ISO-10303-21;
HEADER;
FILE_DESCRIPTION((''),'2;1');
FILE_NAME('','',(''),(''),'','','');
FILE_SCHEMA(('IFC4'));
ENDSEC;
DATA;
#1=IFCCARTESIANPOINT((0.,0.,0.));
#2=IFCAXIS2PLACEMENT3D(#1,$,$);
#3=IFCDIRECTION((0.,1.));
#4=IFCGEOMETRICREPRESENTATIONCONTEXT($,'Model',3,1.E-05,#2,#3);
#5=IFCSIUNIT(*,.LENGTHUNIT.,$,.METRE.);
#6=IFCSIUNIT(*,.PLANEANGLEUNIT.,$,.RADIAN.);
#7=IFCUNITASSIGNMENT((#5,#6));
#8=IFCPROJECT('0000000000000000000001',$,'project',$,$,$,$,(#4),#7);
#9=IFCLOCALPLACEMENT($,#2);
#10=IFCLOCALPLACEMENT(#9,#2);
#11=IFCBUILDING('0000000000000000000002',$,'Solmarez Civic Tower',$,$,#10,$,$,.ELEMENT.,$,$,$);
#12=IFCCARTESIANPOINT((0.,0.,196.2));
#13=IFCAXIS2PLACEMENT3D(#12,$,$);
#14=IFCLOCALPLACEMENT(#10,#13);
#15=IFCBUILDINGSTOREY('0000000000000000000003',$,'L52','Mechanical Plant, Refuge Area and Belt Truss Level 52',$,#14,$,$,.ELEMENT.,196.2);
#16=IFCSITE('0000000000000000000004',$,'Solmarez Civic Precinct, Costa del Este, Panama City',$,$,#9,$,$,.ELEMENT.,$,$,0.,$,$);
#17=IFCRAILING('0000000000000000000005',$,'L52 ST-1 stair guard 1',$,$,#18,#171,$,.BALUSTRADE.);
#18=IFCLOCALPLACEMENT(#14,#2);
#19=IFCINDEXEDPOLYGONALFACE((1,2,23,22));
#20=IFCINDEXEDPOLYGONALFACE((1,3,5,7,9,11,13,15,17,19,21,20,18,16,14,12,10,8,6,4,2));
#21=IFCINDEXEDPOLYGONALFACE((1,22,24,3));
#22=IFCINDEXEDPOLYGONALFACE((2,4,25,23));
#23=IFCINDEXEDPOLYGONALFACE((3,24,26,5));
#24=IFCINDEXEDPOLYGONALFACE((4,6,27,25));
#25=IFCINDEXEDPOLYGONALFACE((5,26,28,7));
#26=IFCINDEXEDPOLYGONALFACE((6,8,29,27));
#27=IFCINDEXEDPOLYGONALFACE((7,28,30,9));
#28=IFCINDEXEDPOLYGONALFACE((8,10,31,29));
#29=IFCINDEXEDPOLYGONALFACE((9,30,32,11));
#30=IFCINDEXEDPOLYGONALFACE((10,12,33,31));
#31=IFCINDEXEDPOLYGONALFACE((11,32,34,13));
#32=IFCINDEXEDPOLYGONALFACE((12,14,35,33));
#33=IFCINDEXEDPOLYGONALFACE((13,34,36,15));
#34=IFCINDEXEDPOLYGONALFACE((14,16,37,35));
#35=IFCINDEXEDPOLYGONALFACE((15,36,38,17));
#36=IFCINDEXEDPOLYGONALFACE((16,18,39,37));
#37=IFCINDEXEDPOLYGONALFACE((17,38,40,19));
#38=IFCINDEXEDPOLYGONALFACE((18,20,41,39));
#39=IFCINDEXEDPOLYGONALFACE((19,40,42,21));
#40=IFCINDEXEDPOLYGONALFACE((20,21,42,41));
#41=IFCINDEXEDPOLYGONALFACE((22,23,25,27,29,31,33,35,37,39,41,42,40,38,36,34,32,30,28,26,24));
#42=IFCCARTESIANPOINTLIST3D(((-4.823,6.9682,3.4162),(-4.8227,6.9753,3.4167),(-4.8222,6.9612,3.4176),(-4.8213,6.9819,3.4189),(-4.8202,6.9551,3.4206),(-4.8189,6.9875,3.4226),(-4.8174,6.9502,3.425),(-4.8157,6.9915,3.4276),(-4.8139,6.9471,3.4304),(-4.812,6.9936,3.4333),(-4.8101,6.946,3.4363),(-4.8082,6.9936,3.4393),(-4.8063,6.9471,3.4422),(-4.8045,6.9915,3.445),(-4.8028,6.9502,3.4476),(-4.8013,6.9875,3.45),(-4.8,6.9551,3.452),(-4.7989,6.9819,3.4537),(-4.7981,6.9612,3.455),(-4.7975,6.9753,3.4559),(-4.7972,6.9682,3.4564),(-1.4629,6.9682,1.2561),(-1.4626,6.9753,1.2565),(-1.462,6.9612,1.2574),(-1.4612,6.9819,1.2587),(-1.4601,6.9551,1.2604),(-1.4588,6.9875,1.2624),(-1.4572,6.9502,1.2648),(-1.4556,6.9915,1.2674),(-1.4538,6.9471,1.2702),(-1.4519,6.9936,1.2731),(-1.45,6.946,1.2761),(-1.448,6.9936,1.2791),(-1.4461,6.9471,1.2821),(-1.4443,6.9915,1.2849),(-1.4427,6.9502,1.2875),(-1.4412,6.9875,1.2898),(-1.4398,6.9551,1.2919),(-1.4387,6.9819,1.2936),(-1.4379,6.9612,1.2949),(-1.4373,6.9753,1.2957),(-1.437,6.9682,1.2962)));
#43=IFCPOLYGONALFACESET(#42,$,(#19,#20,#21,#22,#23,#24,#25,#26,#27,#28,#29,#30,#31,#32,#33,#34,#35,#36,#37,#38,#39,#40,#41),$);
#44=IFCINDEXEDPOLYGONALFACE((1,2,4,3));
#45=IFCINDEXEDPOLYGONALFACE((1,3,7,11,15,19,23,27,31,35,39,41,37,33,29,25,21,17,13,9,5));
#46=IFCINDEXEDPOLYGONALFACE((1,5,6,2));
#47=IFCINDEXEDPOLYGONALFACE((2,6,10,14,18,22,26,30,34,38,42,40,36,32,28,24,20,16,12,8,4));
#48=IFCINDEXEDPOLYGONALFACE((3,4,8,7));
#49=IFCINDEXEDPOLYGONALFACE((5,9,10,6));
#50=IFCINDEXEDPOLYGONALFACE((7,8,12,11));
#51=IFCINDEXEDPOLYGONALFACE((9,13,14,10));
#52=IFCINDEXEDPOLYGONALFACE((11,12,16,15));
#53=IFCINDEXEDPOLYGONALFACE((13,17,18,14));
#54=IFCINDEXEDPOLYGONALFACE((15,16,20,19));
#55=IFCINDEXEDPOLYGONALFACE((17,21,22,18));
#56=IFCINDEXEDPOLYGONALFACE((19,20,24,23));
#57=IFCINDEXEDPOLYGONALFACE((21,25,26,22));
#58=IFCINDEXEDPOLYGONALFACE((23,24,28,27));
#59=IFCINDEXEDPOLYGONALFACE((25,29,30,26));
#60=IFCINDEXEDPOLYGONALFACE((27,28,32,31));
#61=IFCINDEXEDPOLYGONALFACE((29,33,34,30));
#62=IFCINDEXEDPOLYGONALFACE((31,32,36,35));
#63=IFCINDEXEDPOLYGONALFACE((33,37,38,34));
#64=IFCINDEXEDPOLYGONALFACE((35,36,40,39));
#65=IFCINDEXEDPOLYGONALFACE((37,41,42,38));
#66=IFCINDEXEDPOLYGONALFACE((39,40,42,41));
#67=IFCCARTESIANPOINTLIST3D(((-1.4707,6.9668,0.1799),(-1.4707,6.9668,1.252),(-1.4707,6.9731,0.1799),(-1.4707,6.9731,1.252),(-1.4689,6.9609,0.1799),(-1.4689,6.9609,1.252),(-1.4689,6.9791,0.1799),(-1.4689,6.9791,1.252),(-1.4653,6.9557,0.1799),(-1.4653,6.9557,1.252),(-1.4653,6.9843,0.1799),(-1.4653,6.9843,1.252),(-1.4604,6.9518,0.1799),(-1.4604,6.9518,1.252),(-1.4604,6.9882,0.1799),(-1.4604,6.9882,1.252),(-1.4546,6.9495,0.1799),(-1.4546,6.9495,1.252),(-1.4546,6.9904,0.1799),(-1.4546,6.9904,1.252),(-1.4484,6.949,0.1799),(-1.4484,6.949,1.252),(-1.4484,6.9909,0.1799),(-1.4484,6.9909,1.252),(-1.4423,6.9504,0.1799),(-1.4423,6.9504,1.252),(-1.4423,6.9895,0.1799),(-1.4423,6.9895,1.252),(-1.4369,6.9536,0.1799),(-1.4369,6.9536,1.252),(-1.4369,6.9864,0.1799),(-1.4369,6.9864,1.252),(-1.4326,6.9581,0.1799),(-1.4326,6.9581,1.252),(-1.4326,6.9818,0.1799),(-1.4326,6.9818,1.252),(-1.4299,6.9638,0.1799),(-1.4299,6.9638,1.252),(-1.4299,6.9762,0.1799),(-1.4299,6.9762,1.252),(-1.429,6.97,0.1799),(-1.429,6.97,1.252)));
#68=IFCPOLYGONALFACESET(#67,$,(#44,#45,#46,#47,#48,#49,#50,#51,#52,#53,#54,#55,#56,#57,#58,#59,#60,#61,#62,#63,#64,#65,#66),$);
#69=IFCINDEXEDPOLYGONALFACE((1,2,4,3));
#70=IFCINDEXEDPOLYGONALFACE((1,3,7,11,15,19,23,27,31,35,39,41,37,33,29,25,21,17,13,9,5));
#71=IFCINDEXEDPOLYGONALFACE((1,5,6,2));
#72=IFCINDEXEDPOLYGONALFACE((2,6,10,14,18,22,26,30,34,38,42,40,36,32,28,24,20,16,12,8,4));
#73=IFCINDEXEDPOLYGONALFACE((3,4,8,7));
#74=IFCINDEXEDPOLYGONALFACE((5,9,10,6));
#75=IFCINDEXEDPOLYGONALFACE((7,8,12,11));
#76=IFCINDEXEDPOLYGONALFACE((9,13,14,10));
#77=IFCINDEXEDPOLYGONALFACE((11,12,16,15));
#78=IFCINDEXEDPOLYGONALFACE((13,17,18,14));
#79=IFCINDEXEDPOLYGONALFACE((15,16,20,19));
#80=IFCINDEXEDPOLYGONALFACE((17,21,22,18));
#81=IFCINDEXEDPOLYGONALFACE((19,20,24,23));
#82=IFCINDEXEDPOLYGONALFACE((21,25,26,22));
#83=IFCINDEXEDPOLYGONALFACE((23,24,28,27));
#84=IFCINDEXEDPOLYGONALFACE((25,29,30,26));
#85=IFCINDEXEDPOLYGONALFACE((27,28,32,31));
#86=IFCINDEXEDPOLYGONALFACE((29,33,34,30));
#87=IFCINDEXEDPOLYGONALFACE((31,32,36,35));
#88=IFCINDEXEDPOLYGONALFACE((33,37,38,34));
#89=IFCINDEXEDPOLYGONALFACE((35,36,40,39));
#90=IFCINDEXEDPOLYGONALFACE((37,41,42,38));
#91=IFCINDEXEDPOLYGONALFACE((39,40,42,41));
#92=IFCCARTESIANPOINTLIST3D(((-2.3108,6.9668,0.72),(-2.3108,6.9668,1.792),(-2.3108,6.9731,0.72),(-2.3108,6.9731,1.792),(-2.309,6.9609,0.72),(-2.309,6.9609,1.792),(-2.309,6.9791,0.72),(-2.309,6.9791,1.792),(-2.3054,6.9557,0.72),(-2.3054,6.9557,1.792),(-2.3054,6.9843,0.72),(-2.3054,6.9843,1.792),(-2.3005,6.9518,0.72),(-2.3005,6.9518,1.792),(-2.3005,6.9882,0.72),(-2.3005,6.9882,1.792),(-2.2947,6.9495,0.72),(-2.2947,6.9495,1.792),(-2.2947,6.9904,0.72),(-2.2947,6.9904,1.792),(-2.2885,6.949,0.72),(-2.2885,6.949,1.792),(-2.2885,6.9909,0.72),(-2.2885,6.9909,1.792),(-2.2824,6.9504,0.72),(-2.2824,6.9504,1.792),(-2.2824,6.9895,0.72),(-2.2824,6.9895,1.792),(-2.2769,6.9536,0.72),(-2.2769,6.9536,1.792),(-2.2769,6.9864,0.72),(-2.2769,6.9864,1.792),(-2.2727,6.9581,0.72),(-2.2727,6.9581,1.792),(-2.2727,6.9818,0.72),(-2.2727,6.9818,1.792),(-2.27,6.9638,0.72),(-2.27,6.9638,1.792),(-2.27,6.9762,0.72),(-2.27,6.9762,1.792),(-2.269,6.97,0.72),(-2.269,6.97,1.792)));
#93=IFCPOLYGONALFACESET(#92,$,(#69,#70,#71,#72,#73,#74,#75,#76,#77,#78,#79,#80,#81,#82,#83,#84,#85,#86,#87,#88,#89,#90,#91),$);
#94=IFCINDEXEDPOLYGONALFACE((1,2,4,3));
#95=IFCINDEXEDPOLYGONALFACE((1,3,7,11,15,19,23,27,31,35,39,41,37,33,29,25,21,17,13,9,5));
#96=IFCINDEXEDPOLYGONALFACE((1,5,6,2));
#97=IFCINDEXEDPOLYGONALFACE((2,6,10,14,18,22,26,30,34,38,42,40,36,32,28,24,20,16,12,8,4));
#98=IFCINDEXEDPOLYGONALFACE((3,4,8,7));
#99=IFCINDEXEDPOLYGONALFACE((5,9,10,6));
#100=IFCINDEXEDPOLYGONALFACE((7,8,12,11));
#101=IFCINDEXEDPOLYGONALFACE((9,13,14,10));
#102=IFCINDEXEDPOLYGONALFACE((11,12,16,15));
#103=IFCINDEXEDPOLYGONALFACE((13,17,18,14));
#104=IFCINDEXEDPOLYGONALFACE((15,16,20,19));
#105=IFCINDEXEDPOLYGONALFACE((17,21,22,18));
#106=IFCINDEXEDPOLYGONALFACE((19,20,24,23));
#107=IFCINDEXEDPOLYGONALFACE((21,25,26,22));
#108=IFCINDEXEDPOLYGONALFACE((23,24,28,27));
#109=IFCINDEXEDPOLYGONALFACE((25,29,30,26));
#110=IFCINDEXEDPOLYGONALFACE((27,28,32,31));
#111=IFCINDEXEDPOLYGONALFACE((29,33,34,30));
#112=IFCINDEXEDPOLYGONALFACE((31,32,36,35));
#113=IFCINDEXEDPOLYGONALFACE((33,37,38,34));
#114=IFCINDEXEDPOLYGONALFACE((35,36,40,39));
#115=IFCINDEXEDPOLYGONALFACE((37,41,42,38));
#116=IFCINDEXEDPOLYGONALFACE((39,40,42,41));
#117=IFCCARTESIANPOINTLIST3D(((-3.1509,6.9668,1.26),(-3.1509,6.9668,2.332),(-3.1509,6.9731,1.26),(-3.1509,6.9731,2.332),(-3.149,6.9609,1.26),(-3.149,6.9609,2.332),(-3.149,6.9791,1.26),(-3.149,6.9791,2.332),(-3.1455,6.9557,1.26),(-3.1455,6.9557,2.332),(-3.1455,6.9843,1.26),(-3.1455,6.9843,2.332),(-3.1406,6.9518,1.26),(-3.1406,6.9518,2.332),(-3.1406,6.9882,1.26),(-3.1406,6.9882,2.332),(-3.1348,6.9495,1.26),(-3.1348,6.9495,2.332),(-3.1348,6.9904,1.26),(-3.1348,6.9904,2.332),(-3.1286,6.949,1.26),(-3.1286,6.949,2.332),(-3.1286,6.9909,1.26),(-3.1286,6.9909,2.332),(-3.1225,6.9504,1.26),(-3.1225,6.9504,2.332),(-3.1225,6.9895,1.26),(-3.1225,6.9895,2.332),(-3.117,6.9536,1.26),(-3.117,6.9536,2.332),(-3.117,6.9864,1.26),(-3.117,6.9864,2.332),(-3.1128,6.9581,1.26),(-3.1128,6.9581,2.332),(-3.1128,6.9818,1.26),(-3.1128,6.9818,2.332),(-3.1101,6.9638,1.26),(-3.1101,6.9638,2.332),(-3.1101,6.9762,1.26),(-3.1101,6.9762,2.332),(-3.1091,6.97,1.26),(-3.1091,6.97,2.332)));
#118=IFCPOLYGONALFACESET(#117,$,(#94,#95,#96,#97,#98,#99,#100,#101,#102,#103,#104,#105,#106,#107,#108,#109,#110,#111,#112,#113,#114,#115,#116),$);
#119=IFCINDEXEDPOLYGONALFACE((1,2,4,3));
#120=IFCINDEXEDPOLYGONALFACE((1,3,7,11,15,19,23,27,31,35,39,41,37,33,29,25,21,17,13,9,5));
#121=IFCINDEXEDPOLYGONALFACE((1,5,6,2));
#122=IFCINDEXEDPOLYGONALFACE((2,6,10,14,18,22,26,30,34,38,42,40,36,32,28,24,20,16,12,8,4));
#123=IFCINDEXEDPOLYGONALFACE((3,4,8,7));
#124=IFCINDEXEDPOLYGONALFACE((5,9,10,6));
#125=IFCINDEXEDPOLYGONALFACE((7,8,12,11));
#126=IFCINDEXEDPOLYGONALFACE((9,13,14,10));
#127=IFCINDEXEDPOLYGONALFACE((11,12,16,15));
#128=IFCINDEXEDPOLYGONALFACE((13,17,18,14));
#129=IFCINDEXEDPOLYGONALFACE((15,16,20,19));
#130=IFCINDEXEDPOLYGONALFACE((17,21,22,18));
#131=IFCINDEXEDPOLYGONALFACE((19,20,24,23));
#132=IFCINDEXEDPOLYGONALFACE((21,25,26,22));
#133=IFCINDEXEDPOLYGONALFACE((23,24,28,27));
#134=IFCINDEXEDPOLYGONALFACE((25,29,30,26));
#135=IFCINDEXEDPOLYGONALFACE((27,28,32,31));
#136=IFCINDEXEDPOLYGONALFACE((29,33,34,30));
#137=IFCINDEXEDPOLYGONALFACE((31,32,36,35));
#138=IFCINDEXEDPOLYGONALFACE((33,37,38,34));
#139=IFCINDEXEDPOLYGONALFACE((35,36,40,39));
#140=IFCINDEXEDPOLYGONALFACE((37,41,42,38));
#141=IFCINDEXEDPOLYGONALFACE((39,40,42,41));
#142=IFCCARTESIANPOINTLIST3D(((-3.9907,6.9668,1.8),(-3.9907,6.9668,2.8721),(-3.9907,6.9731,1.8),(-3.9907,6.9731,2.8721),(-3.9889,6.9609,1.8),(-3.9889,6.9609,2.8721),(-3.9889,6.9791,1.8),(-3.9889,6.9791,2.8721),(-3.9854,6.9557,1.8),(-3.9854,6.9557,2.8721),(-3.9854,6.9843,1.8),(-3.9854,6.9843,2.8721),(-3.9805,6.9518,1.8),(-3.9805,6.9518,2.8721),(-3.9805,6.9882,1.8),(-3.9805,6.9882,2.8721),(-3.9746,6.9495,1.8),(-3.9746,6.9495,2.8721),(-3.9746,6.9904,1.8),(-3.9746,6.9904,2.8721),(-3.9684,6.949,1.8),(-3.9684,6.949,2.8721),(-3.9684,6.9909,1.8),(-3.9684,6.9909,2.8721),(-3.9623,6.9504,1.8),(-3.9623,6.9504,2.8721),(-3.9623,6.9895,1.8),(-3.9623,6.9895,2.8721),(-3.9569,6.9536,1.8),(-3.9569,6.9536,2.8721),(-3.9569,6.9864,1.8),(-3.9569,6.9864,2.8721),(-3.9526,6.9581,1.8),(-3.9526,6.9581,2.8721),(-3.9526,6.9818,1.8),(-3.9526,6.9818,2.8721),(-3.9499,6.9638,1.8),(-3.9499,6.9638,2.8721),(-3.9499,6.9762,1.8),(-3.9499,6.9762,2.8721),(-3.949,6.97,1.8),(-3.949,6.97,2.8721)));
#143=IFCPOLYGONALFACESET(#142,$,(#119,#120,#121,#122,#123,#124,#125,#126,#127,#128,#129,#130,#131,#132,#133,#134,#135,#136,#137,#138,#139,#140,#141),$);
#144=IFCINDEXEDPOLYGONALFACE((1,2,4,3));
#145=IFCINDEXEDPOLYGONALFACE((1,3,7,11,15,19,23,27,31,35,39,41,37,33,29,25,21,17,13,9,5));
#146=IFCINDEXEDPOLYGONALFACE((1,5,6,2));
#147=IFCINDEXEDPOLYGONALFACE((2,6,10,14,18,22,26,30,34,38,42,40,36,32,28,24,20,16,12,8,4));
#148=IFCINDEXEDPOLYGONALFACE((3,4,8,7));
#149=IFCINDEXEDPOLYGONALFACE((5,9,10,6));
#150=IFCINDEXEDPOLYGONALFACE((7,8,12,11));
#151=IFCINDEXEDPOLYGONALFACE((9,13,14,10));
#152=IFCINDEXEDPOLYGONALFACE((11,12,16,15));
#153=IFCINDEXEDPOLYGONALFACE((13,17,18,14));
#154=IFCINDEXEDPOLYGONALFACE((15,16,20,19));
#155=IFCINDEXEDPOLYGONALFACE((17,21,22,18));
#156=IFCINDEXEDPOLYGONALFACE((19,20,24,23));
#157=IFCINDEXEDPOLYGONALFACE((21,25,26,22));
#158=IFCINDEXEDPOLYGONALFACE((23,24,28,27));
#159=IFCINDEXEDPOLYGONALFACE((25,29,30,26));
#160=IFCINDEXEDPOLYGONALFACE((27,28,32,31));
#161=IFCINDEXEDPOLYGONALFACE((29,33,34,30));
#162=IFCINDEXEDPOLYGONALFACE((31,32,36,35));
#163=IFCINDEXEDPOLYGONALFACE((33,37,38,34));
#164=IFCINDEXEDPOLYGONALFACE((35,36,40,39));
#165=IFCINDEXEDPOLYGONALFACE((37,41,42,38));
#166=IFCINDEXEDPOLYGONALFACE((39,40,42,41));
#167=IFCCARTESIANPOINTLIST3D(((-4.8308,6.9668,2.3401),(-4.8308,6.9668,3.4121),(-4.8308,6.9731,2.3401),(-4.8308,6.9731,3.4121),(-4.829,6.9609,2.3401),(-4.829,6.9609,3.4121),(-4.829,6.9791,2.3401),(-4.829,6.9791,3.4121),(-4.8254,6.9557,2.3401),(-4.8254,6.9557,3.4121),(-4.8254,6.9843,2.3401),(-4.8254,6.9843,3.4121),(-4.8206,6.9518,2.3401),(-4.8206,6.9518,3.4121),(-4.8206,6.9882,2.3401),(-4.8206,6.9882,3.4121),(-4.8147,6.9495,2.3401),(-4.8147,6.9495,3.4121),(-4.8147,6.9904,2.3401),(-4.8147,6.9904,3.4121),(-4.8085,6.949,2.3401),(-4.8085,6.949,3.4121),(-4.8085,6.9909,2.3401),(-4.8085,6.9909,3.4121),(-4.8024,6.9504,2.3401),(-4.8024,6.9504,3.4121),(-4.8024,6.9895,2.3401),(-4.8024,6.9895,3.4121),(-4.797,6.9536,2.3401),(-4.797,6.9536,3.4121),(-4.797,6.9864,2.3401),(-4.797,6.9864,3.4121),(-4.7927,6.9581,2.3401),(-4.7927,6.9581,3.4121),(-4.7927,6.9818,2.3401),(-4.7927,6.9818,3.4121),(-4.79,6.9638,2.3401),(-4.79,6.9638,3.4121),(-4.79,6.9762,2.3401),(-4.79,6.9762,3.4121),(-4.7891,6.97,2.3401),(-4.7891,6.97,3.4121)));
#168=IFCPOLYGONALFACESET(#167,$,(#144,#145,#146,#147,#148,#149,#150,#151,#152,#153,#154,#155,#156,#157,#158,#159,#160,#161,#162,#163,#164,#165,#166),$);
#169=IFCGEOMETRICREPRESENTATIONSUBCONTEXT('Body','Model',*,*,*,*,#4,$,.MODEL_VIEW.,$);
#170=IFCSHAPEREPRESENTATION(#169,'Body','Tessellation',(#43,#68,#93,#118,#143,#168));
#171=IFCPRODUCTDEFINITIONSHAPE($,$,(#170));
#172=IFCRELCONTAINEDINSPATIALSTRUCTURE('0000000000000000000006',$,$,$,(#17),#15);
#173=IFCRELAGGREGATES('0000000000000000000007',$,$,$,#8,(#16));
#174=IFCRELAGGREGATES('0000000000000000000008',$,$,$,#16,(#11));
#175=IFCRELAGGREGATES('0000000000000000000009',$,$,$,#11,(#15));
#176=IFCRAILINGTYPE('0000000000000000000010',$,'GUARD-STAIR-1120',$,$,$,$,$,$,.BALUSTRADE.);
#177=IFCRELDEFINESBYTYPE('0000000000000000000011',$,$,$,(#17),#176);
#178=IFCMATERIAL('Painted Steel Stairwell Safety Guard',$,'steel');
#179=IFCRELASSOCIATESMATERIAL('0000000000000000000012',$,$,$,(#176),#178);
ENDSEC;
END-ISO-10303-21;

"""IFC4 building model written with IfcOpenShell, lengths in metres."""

from ifc_helpers import new_model, si_unit, direction, frame, origin, origin_2d, place, context, subcontext, project, spatial, circle, extrude, material, type_object, element, save


model = new_model("IFC4")

# Units and contexts
model_context = context("Model", 3, precision=1e-05, world=origin(), true_north=direction((0.0, 1.0)))
body_context = subcontext(model_context, "Body", "Model", "MODEL_VIEW")
ifc_project = project(units=[si_unit("LENGTHUNIT", "METRE"), si_unit("PLANEANGLEUNIT", "RADIAN")], contexts=[model_context])

# Site, building, storey
site_placement = place(None, origin())
site = spatial("IfcSite", under=ifc_project, at=site_placement, Name="Solmarez Civic Precinct, Costa del Este, Panama City", CompositionType="ELEMENT", RefElevation=0.0)
building_placement = place(site_placement, origin())
building = spatial("IfcBuilding", under=site, at=building_placement, Name="Solmarez Civic Tower", CompositionType="ELEMENT")
storey_placement = place(building_placement, frame((0.0, 0.0, 196.2)))
storey = spatial("IfcBuildingStorey", under=building, at=storey_placement, Name="L52", Description="Mechanical Plant, Refuge Area and Belt Truss Level 52", CompositionType="ELEMENT", Elevation=196.2)

# Railing
ifc_material_1 = material(Name="Painted Steel Stairwell Safety Guard", Category="steel")
railing_type_1 = type_object("IfcRailingType", Name="GUARD-STAIR-1120", PredefinedType="BALUSTRADE", material=ifc_material_1)
railing_1_placement = place(storey_placement, frame((-1.45, 6.97, 0.1799)))
element("IfcRailing", 1, at=railing_1_placement, inside=storey, type_object=railing_type_1, Name="L52 ST-1 stair guard 1", PredefinedType="BALUSTRADE", context=body_context, shape_type="SweptSolid", body=[
    extrude(circle(Radius=0.0239, at=origin_2d()), frame((0.0, 0.0, 1.0962), z_axis=(-0.841169, 0.0, 0.540773), x_axis=(0.0, -1.0, 0.0)), (0.0, 0.0, 1.0), 3.9946),
    extrude(circle(Radius=0.021, at=origin_2d()), origin(), (0.0, 0.0, 1.0), 1.072),
    extrude(circle(Radius=0.021, at=origin_2d()), frame((-0.8401, 0.0, 0.54)), (0.0, 0.0, 1.0), 1.072),
    extrude(circle(Radius=0.021, at=origin_2d()), frame((-1.6802, 0.0, 1.0801)), (0.0, 0.0, 1.0), 1.072),
    extrude(circle(Radius=0.021, at=origin_2d()), frame((-2.52, 0.0, 1.6201)), (0.0, 0.0, 1.0), 1.072),
    extrude(circle(Radius=0.021, at=origin_2d()), frame((-3.3601, 0.0, 2.1602)), (0.0, 0.0, 1.0), 1.072),
])

save(model, "model.ifc")
